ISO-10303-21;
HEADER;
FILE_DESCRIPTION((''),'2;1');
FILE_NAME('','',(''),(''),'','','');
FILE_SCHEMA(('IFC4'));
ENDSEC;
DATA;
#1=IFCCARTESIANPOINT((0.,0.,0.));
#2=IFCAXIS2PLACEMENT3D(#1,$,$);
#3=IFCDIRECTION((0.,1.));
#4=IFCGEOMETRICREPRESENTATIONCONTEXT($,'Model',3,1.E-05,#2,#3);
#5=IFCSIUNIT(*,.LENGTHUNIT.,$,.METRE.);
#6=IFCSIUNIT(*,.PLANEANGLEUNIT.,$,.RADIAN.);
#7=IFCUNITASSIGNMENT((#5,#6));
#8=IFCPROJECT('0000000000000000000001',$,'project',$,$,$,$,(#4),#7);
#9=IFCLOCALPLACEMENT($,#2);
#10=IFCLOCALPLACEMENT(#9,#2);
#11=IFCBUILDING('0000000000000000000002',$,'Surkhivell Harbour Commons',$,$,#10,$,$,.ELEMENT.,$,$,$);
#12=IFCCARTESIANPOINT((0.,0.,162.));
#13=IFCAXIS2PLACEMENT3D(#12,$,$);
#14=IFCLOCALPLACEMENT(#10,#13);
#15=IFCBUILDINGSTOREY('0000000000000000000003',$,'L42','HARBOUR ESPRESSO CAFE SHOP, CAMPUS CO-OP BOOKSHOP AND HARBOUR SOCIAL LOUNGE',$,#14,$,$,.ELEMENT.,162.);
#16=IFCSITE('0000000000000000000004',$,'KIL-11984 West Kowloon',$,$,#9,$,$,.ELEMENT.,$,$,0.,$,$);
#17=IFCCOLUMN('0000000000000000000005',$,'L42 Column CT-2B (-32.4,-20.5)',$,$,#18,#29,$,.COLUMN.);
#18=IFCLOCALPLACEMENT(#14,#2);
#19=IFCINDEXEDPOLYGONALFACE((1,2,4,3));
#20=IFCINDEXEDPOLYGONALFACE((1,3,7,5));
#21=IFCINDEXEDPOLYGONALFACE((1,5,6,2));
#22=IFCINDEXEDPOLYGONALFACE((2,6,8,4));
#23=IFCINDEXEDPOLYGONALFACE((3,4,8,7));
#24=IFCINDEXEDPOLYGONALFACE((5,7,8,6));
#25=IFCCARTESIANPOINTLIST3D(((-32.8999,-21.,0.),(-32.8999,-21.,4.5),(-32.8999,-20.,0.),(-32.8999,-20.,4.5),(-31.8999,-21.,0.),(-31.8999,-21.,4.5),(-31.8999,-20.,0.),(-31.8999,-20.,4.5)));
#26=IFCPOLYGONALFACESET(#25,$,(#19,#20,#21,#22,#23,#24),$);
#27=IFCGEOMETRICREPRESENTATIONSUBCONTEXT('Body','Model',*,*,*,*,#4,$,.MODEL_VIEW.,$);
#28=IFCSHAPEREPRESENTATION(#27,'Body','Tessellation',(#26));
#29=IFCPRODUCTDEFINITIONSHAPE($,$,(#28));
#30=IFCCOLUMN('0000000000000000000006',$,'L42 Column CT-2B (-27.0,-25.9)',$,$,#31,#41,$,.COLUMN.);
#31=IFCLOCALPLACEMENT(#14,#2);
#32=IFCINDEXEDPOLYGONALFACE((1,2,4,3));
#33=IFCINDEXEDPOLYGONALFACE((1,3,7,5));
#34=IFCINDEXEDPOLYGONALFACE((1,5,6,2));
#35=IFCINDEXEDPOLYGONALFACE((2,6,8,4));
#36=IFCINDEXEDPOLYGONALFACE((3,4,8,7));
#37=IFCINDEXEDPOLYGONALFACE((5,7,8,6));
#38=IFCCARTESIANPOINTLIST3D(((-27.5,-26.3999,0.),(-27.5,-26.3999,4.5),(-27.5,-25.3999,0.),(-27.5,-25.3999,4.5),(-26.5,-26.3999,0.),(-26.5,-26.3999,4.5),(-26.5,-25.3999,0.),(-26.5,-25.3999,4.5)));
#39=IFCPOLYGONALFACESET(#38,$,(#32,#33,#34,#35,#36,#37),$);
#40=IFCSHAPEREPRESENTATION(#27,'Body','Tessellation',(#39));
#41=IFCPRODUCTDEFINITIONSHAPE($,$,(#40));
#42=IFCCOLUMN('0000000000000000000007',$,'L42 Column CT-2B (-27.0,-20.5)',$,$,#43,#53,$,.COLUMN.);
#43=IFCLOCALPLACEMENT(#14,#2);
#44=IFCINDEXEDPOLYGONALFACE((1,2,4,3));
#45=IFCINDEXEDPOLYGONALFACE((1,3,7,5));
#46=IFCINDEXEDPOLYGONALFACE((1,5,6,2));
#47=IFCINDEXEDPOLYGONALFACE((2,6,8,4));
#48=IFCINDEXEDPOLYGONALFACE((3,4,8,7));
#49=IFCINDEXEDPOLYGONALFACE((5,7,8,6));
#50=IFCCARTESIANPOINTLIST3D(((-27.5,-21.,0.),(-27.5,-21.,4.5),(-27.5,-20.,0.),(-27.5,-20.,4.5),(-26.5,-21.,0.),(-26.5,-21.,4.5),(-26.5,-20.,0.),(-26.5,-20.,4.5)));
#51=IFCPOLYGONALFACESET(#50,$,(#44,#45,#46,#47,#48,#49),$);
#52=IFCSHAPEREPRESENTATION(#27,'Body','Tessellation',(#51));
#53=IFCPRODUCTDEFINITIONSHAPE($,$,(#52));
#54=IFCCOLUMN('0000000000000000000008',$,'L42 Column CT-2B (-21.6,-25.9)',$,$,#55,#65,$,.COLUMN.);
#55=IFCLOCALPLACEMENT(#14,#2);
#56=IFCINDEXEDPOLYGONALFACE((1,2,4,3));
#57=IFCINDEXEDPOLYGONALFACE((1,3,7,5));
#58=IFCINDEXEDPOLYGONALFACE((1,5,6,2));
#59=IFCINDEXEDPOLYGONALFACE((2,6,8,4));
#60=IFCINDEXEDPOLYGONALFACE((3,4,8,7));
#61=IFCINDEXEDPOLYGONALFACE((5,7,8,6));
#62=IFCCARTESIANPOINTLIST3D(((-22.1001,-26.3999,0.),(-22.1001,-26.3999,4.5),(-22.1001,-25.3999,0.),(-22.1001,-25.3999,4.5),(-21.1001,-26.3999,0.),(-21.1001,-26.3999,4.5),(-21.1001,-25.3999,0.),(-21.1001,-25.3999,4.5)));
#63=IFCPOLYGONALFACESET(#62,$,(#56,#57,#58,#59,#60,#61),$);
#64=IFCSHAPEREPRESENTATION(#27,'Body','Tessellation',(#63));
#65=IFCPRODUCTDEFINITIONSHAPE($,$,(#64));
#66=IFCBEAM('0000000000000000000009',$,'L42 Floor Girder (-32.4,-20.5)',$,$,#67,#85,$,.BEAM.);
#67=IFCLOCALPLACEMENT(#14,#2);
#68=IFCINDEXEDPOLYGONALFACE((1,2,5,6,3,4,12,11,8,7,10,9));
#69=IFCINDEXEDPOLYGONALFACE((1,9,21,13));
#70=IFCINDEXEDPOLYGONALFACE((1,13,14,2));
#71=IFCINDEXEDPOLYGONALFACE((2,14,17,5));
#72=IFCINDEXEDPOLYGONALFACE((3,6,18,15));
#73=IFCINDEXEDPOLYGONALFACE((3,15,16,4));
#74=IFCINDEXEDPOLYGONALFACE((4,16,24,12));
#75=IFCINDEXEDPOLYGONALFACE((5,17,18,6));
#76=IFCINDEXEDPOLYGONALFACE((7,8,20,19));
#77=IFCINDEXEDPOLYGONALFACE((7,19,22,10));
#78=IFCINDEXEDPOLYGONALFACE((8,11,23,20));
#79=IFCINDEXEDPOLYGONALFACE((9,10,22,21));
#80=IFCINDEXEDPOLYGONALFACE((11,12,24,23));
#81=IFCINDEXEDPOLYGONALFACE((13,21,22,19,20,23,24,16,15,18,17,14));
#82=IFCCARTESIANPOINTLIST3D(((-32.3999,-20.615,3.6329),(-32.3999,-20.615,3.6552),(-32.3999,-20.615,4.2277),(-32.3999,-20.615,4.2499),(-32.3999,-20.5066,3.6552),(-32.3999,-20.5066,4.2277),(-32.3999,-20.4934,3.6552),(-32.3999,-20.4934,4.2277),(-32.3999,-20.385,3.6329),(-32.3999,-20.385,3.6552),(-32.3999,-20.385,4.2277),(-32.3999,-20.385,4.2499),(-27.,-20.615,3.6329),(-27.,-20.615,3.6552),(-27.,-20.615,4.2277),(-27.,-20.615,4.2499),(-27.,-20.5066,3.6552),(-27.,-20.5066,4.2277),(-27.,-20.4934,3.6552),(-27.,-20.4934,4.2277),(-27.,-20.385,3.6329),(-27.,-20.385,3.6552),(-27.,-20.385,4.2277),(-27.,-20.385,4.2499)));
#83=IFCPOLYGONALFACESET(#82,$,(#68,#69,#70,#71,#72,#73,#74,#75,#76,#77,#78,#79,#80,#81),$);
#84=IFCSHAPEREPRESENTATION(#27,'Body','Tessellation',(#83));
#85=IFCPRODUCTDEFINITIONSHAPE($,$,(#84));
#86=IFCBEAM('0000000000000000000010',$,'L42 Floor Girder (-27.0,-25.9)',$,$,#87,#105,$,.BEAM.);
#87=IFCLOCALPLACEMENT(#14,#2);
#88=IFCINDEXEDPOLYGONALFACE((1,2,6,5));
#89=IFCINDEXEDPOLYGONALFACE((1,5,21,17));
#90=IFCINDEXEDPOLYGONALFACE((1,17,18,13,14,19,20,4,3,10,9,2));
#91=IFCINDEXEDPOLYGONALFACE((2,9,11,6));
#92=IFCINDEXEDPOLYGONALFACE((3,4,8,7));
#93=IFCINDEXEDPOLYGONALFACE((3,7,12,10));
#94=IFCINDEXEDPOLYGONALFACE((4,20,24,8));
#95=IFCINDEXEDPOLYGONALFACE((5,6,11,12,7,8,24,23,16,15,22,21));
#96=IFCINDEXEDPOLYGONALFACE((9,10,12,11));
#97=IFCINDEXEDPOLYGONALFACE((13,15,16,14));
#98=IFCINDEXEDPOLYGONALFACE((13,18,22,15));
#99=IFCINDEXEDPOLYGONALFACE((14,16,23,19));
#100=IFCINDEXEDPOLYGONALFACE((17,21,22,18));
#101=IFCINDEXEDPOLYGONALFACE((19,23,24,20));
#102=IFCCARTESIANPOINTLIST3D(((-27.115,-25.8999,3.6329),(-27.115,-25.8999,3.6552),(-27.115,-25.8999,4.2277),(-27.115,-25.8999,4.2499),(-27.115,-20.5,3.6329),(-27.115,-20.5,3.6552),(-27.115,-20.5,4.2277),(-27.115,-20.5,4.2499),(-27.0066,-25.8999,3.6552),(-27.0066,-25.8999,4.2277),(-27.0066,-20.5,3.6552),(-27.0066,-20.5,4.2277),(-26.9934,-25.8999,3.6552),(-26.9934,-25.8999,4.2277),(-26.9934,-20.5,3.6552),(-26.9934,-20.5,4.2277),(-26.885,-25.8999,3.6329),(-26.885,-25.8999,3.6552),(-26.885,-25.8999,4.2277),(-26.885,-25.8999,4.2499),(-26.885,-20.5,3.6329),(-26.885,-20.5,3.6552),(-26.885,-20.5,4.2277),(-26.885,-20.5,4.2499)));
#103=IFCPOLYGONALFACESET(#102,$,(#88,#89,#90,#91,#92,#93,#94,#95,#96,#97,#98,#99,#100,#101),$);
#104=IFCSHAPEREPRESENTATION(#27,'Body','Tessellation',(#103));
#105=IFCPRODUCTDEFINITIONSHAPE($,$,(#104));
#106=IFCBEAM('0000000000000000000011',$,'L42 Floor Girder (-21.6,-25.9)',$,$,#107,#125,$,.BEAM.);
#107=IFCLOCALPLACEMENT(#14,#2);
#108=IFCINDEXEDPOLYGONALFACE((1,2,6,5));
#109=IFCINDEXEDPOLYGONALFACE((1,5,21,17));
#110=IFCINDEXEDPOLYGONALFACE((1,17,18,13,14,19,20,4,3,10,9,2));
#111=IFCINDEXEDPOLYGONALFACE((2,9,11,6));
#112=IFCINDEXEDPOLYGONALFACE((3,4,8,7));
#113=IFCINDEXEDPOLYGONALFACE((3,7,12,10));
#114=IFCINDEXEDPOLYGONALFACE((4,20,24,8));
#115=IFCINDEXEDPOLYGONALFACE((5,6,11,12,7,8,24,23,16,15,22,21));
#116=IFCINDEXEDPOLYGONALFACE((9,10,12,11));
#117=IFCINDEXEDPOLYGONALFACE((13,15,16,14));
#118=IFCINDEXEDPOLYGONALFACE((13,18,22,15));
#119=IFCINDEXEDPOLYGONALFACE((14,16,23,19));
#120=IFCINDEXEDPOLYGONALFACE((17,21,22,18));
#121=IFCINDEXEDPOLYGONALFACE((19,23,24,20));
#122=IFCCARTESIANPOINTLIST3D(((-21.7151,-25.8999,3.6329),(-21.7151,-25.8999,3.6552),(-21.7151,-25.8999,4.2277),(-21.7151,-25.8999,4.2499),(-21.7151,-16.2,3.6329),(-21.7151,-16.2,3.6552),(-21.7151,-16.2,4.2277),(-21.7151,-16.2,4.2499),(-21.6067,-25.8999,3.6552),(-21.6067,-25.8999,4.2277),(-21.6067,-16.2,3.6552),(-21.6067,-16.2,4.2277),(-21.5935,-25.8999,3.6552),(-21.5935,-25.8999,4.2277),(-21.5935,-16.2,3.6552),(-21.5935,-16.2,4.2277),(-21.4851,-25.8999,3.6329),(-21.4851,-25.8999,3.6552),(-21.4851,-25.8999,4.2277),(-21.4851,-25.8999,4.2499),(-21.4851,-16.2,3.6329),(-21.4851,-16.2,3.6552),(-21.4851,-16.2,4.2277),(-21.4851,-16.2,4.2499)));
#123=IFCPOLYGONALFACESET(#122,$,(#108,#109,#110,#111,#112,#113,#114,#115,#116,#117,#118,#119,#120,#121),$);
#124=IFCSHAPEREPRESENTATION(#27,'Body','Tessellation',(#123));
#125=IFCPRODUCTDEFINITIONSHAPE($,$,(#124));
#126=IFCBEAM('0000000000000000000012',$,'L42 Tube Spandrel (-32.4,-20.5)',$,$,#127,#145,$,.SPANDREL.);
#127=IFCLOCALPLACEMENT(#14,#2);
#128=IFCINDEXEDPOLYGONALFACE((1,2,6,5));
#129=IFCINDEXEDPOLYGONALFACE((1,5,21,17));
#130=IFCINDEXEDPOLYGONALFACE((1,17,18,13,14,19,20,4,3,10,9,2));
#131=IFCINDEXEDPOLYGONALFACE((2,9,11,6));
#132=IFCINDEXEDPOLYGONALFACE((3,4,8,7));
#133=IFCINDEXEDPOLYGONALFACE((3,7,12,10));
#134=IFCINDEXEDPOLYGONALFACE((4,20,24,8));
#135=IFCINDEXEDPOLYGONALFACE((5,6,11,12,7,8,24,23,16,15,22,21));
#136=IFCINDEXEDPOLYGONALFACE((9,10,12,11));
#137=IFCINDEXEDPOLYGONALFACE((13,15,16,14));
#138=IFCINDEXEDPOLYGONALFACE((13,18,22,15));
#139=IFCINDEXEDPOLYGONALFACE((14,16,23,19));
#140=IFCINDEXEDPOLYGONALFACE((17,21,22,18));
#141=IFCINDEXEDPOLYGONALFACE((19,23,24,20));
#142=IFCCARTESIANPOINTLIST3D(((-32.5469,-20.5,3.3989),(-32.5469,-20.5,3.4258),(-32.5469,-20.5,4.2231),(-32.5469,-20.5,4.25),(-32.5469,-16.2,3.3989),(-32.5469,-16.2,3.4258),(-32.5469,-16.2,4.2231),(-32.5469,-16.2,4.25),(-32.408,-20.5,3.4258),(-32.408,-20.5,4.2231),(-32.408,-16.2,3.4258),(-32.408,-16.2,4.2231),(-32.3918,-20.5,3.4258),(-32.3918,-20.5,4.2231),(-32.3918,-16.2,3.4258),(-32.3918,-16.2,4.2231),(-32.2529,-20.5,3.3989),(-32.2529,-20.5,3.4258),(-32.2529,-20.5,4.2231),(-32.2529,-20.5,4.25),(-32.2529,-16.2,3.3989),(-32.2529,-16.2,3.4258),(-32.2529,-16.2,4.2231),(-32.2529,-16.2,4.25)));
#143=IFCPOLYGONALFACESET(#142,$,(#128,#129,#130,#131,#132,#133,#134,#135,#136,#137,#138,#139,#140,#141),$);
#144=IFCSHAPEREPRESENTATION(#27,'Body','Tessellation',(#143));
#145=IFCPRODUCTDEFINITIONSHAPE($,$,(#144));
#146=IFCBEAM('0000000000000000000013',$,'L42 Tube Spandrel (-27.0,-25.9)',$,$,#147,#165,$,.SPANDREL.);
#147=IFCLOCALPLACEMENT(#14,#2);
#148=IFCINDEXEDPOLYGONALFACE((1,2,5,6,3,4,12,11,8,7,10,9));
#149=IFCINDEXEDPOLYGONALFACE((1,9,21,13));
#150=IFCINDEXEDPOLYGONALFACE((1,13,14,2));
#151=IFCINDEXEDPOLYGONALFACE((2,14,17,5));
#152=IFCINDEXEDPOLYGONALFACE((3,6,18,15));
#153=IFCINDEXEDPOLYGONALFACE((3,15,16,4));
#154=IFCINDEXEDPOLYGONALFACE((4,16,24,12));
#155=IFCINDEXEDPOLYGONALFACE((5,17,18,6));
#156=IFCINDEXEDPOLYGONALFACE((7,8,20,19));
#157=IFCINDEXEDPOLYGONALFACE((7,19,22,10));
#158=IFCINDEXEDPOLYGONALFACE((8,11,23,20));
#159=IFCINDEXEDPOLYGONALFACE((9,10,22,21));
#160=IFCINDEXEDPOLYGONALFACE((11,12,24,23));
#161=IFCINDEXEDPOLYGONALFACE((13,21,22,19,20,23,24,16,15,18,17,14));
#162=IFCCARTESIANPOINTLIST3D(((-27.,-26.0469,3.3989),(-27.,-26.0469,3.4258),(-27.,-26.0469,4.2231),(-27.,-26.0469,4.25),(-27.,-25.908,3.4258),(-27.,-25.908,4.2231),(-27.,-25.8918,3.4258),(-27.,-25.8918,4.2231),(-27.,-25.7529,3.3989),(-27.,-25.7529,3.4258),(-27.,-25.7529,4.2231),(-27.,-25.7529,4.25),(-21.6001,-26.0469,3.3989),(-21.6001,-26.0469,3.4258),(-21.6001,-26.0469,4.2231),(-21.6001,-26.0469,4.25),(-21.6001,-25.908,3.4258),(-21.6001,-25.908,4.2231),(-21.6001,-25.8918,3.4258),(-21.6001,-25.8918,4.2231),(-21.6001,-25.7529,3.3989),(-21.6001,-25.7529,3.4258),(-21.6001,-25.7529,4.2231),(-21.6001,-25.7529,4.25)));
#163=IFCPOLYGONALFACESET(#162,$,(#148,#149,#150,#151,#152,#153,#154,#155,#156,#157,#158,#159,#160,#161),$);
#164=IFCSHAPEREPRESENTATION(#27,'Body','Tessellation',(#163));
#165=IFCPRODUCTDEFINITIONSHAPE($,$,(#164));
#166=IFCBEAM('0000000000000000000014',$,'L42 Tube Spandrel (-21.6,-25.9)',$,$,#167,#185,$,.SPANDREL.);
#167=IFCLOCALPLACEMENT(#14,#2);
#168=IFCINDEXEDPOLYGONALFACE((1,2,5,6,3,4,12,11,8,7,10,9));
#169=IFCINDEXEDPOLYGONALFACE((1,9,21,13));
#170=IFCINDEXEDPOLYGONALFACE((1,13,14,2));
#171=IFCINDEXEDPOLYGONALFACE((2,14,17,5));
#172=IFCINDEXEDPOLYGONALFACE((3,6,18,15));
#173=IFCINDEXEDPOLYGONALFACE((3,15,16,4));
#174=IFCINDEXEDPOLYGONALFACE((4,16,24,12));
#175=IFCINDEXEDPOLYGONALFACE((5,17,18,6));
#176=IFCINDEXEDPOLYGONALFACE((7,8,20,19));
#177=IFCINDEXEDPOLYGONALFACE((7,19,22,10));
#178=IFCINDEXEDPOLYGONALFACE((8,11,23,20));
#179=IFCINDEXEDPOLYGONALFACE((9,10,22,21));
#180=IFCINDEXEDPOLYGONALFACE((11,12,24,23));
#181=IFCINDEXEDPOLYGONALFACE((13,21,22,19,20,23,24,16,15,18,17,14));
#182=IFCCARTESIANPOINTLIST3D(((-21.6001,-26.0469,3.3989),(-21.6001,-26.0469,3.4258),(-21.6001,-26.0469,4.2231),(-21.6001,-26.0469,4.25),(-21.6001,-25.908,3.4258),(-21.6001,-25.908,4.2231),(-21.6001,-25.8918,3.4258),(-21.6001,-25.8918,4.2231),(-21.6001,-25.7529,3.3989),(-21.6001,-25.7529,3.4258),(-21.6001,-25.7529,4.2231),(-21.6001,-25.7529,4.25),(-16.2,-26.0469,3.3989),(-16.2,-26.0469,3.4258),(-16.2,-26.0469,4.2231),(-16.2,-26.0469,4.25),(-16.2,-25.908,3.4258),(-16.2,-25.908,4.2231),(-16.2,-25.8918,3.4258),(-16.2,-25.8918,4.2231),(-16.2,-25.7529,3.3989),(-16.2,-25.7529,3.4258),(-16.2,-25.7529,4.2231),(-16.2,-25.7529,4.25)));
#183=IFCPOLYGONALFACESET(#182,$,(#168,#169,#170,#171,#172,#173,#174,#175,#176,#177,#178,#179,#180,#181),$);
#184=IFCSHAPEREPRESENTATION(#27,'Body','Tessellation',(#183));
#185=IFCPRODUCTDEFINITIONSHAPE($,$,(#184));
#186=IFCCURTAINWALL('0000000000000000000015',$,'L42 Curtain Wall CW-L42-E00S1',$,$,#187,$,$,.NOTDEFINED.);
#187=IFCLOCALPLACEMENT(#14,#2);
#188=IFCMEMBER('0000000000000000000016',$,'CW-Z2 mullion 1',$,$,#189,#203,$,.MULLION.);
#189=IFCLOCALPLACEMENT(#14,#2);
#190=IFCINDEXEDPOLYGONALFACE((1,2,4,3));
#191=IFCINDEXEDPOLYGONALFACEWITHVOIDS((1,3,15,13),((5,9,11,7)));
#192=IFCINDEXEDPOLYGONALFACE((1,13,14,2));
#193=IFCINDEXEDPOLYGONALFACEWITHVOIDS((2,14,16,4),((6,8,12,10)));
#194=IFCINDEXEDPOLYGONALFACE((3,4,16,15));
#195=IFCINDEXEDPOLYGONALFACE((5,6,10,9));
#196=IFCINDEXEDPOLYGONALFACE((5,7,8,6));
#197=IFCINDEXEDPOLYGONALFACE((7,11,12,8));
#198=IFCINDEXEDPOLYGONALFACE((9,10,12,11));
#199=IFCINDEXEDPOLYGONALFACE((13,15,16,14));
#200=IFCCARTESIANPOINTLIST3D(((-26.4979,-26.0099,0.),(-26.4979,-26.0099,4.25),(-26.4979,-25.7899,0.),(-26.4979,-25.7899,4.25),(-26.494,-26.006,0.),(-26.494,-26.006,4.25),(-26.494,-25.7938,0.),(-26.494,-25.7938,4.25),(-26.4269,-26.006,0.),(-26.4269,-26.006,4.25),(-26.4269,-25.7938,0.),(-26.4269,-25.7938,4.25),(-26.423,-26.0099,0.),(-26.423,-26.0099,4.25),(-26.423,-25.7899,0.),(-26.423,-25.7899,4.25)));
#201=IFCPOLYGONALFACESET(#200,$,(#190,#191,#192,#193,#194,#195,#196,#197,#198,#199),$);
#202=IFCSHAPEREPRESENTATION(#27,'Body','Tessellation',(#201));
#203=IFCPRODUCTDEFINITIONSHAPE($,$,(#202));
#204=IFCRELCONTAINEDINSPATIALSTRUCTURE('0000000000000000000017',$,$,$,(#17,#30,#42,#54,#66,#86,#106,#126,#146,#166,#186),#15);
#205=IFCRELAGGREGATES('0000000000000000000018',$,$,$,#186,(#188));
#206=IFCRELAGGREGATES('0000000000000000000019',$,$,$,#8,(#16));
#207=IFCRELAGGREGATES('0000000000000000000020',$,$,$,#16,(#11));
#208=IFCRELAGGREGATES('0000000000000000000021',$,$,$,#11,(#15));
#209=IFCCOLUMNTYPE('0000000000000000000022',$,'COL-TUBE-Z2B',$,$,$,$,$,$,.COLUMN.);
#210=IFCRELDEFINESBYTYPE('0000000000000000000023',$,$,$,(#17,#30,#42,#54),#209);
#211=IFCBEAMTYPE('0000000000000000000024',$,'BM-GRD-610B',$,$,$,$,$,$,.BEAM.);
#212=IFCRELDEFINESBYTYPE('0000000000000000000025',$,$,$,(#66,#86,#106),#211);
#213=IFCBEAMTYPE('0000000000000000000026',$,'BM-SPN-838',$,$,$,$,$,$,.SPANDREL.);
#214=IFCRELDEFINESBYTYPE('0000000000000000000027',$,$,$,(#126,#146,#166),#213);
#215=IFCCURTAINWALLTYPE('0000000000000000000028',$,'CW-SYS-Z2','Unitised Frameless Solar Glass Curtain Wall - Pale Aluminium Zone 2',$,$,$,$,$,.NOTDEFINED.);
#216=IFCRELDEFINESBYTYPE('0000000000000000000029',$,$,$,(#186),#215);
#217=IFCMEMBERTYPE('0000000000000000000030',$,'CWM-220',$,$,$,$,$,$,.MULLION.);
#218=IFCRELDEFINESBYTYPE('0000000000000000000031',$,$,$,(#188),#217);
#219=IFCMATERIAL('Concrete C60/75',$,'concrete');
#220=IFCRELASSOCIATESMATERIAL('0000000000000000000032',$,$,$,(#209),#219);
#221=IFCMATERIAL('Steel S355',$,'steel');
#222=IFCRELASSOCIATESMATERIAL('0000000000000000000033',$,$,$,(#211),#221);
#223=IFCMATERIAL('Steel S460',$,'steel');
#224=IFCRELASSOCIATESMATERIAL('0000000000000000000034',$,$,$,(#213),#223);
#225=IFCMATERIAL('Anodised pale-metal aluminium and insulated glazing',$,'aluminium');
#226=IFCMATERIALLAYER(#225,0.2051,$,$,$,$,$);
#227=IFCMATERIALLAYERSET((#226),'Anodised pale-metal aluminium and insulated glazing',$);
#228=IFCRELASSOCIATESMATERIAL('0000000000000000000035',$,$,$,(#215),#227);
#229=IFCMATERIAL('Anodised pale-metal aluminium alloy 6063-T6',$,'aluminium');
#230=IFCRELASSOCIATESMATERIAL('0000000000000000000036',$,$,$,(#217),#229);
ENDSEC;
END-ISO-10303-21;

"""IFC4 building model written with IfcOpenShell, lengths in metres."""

from ifc_helpers import new_model, si_unit, direction, frame, origin, origin_2d, place, context, subcontext, project, spatial, rectangle, hollow_rectangle, i_section, extrude, material, layer, layer_set, material_profile, profile_set, type_object, element, aggregate, save


model = new_model("IFC4")

# Units and contexts
model_context = context("Model", 3, precision=1e-05, world=origin(), true_north=direction((0.0, 1.0)))
body_context = subcontext(model_context, "Body", "Model", "MODEL_VIEW")
ifc_project = project(units=[si_unit("LENGTHUNIT", "METRE"), si_unit("PLANEANGLEUNIT", "RADIAN")], contexts=[model_context])

# Site, building, storey
site_placement = place(None, origin())
site = spatial("IfcSite", under=ifc_project, at=site_placement, Name="KIL-11984 West Kowloon", CompositionType="ELEMENT", RefElevation=0.0)
building_placement = place(site_placement, origin())
building = spatial("IfcBuilding", under=site, at=building_placement, Name="Surkhivell Harbour Commons", CompositionType="ELEMENT")
storey_placement = place(building_placement, frame((0.0, 0.0, 162.0)))
storey = spatial("IfcBuildingStorey", under=building, at=storey_placement, Name="L42", Description="HARBOUR ESPRESSO CAFE SHOP, CAMPUS CO-OP BOOKSHOP AND HARBOUR SOCIAL LOUNGE", CompositionType="ELEMENT", Elevation=162.0)

# Columns
ifc_material_1 = material(Name="Concrete C60/75", Category="concrete")
ifc_material_profile_1 = material_profile(ifc_material_1, rectangle(XDim=1.0, YDim=1.0, at=origin_2d()), Name="RC-COL-1000x1000")
ifc_profile_set_1 = profile_set([ifc_material_profile_1], Name="Concrete C60/75")
column_type = type_object("IfcColumnType", Name="COL-TUBE-Z2B", PredefinedType="COLUMN", material=ifc_profile_set_1)
for number, where, z_axis, x_axis, name in (
    (1, (-32.3999, -20.5, 0.0), (0.0, 0.0, 1.0), (1.0, 0.0, 0.0), "L42 Column CT-2B (-32.4,-20.5)"),
    (2, (-27.0, -25.8999, 0.0), (0.0, 0.0, 1.0), (1.0, 0.0, 0.0), "L42 Column CT-2B (-27.0,-25.9)"),
    (3, (-27.0, -20.5, 0.0), (0.0, 0.0, 1.0), (1.0, 0.0, 0.0), "L42 Column CT-2B (-27.0,-20.5)"),
    (4, (-21.6001, -25.8999, 0.0), (0.0, 0.0, 1.0), (1.0, 0.0, 0.0), "L42 Column CT-2B (-21.6,-25.9)"),
):
    element("IfcColumn", number, at=place(storey_placement, frame(where, z_axis=z_axis, x_axis=x_axis)), inside=storey, type_object=column_type, Name=name, PredefinedType="COLUMN", context=body_context, shape_type="SweptSolid", body=[
        extrude(rectangle(XDim=1.0, YDim=1.0, at=origin_2d()), origin(), (0.0, 0.0, 1.0), 4.5),
    ])

# Beams
ifc_material_2 = material(Name="Steel S355", Category="steel")
ifc_material_profile_2 = material_profile(ifc_material_2, i_section(OverallWidth=0.23, OverallDepth=0.6169, WebThickness=0.0132, FlangeThickness=0.0222, at=origin_2d()), Name="UB610x229x140")
ifc_profile_set_2 = profile_set([ifc_material_profile_2], Name="Steel S355")
beam_type_1 = type_object("IfcBeamType", Name="BM-GRD-610B", PredefinedType="BEAM", material=ifc_profile_set_2)
for number, where, z_axis, x_axis, name in (
    (5, (-32.3999, -20.5, 3.9414), (1.0, 0.0, 0.0), (0.0, 1.0, 0.0), "L42 Floor Girder (-32.4,-20.5)"),
    (6, (-27.0, -25.8999, 3.9414), (0.0, 1.0, 0.0), (-1.0, 0.0, 0.0), "L42 Floor Girder (-27.0,-25.9)"),
):
    element("IfcBeam", number, at=place(storey_placement, frame(where, z_axis=z_axis, x_axis=x_axis)), inside=storey, type_object=beam_type_1, Name=name, PredefinedType="BEAM", context=body_context, shape_type="SweptSolid", body=[
        extrude(i_section(OverallWidth=0.23, OverallDepth=0.6169, WebThickness=0.0132, FlangeThickness=0.0222, at=origin_2d()), origin(), (0.0, 0.0, 1.0), 5.3999),
    ])
beam_1_placement = place(storey_placement, frame((-21.6001, -25.8999, 3.9414), z_axis=(0.0, 1.0, 0.0), x_axis=(-1.0, 0.0, 0.0)))
element("IfcBeam", 7, at=beam_1_placement, inside=storey, type_object=beam_type_1, Name="L42 Floor Girder (-21.6,-25.9)", PredefinedType="BEAM", context=body_context, shape_type="SweptSolid", body=[
    extrude(i_section(OverallWidth=0.23, OverallDepth=0.6169, WebThickness=0.0132, FlangeThickness=0.0222, at=origin_2d()), origin(), (0.0, 0.0, 1.0), 9.7),
])
ifc_material_3 = material(Name="Steel S460", Category="steel")
ifc_material_profile_3 = material_profile(ifc_material_3, i_section(OverallWidth=0.2939, OverallDepth=0.8511, WebThickness=0.0161, FlangeThickness=0.0269, at=origin_2d()), Name="UB838x292x226")
ifc_profile_set_3 = profile_set([ifc_material_profile_3], Name="Steel S460")
beam_type_2 = type_object("IfcBeamType", Name="BM-SPN-838", PredefinedType="SPANDREL", material=ifc_profile_set_3)
beam_2_placement = place(storey_placement, frame((-32.3999, -20.5, 3.8245), z_axis=(0.0, 1.0, 0.0), x_axis=(-1.0, 0.0, 0.0)))
element("IfcBeam", 8, at=beam_2_placement, inside=storey, type_object=beam_type_2, Name="L42 Tube Spandrel (-32.4,-20.5)", PredefinedType="SPANDREL", context=body_context, shape_type="SweptSolid", body=[
    extrude(i_section(OverallWidth=0.2939, OverallDepth=0.8511, WebThickness=0.0161, FlangeThickness=0.0269, at=origin_2d()), origin(), (0.0, 0.0, 1.0), 4.3),
])
beam_3_placement = place(storey_placement, frame((-27.0, -25.8999, 3.8245), z_axis=(1.0, 0.0, 0.0), x_axis=(0.0, 1.0, 0.0)))
element("IfcBeam", 9, at=beam_3_placement, inside=storey, type_object=beam_type_2, Name="L42 Tube Spandrel (-27.0,-25.9)", PredefinedType="SPANDREL", context=body_context, shape_type="SweptSolid", body=[
    extrude(i_section(OverallWidth=0.2939, OverallDepth=0.8511, WebThickness=0.0161, FlangeThickness=0.0269, at=origin_2d()), origin(), (0.0, 0.0, 1.0), 5.3999),
])
beam_4_placement = place(storey_placement, frame((-21.6001, -25.8999, 3.8245), z_axis=(1.0, 0.0, 0.0), x_axis=(0.0, 1.0, 0.0)))
element("IfcBeam", 10, at=beam_4_placement, inside=storey, type_object=beam_type_2, Name="L42 Tube Spandrel (-21.6,-25.9)", PredefinedType="SPANDREL", context=body_context, shape_type="SweptSolid", body=[
    extrude(i_section(OverallWidth=0.2939, OverallDepth=0.8511, WebThickness=0.0161, FlangeThickness=0.0269, at=origin_2d()), origin(), (0.0, 0.0, 1.0), 5.4001),
])

# Curtain wall, member
ifc_material_4 = material(Name="Anodised pale-metal aluminium and insulated glazing", Category="aluminium")
ifc_layer_1 = layer(ifc_material_4, 0.2051)
ifc_layer_set_1 = layer_set([ifc_layer_1], Name="Anodised pale-metal aluminium and insulated glazing")
curtain_wall_type = type_object("IfcCurtainWallType", Name="CW-SYS-Z2", Description="Unitised Frameless Solar Glass Curtain Wall - Pale Aluminium Zone 2", PredefinedType="NOTDEFINED", material=ifc_layer_set_1)
curtain_wall_1_placement = place(storey_placement, origin())
curtain_wall_1 = element("IfcCurtainWall", 11, at=curtain_wall_1_placement, inside=storey, type_object=curtain_wall_type, Name="L42 Curtain Wall CW-L42-E00S1", PredefinedType="NOTDEFINED")
ifc_material_5 = material(Name="Anodised pale-metal aluminium alloy 6063-T6", Category="aluminium")
ifc_material_profile_4 = material_profile(ifc_material_5, hollow_rectangle(XDim=0.075, YDim=0.22, WallThickness=0.0039, at=origin_2d()), Name="ALU-MULL-75x220")
ifc_profile_set_4 = profile_set([ifc_material_profile_4], Name="Anodised pale-metal aluminium alloy 6063-T6")
member_type_1 = type_object("IfcMemberType", Name="CWM-220", PredefinedType="MULLION", material=ifc_profile_set_4)
member_1_placement = place(storey_placement, frame((-26.4604, -25.8999, 0.0), z_axis=(0.0, 0.0, 1.0), x_axis=(1.0, 0.0, 0.0)))
member_1 = element("IfcMember", 12, at=member_1_placement, type_object=member_type_1, Name="CW-Z2 mullion 1", PredefinedType="MULLION", context=body_context, shape_type="SweptSolid", body=[
    extrude(hollow_rectangle(XDim=0.075, YDim=0.22, WallThickness=0.0039, at=origin_2d()), origin(), (0.0, 0.0, 1.0), 4.25),
])

aggregate(curtain_wall_1, [member_1])

save(model, "model.ifc")
